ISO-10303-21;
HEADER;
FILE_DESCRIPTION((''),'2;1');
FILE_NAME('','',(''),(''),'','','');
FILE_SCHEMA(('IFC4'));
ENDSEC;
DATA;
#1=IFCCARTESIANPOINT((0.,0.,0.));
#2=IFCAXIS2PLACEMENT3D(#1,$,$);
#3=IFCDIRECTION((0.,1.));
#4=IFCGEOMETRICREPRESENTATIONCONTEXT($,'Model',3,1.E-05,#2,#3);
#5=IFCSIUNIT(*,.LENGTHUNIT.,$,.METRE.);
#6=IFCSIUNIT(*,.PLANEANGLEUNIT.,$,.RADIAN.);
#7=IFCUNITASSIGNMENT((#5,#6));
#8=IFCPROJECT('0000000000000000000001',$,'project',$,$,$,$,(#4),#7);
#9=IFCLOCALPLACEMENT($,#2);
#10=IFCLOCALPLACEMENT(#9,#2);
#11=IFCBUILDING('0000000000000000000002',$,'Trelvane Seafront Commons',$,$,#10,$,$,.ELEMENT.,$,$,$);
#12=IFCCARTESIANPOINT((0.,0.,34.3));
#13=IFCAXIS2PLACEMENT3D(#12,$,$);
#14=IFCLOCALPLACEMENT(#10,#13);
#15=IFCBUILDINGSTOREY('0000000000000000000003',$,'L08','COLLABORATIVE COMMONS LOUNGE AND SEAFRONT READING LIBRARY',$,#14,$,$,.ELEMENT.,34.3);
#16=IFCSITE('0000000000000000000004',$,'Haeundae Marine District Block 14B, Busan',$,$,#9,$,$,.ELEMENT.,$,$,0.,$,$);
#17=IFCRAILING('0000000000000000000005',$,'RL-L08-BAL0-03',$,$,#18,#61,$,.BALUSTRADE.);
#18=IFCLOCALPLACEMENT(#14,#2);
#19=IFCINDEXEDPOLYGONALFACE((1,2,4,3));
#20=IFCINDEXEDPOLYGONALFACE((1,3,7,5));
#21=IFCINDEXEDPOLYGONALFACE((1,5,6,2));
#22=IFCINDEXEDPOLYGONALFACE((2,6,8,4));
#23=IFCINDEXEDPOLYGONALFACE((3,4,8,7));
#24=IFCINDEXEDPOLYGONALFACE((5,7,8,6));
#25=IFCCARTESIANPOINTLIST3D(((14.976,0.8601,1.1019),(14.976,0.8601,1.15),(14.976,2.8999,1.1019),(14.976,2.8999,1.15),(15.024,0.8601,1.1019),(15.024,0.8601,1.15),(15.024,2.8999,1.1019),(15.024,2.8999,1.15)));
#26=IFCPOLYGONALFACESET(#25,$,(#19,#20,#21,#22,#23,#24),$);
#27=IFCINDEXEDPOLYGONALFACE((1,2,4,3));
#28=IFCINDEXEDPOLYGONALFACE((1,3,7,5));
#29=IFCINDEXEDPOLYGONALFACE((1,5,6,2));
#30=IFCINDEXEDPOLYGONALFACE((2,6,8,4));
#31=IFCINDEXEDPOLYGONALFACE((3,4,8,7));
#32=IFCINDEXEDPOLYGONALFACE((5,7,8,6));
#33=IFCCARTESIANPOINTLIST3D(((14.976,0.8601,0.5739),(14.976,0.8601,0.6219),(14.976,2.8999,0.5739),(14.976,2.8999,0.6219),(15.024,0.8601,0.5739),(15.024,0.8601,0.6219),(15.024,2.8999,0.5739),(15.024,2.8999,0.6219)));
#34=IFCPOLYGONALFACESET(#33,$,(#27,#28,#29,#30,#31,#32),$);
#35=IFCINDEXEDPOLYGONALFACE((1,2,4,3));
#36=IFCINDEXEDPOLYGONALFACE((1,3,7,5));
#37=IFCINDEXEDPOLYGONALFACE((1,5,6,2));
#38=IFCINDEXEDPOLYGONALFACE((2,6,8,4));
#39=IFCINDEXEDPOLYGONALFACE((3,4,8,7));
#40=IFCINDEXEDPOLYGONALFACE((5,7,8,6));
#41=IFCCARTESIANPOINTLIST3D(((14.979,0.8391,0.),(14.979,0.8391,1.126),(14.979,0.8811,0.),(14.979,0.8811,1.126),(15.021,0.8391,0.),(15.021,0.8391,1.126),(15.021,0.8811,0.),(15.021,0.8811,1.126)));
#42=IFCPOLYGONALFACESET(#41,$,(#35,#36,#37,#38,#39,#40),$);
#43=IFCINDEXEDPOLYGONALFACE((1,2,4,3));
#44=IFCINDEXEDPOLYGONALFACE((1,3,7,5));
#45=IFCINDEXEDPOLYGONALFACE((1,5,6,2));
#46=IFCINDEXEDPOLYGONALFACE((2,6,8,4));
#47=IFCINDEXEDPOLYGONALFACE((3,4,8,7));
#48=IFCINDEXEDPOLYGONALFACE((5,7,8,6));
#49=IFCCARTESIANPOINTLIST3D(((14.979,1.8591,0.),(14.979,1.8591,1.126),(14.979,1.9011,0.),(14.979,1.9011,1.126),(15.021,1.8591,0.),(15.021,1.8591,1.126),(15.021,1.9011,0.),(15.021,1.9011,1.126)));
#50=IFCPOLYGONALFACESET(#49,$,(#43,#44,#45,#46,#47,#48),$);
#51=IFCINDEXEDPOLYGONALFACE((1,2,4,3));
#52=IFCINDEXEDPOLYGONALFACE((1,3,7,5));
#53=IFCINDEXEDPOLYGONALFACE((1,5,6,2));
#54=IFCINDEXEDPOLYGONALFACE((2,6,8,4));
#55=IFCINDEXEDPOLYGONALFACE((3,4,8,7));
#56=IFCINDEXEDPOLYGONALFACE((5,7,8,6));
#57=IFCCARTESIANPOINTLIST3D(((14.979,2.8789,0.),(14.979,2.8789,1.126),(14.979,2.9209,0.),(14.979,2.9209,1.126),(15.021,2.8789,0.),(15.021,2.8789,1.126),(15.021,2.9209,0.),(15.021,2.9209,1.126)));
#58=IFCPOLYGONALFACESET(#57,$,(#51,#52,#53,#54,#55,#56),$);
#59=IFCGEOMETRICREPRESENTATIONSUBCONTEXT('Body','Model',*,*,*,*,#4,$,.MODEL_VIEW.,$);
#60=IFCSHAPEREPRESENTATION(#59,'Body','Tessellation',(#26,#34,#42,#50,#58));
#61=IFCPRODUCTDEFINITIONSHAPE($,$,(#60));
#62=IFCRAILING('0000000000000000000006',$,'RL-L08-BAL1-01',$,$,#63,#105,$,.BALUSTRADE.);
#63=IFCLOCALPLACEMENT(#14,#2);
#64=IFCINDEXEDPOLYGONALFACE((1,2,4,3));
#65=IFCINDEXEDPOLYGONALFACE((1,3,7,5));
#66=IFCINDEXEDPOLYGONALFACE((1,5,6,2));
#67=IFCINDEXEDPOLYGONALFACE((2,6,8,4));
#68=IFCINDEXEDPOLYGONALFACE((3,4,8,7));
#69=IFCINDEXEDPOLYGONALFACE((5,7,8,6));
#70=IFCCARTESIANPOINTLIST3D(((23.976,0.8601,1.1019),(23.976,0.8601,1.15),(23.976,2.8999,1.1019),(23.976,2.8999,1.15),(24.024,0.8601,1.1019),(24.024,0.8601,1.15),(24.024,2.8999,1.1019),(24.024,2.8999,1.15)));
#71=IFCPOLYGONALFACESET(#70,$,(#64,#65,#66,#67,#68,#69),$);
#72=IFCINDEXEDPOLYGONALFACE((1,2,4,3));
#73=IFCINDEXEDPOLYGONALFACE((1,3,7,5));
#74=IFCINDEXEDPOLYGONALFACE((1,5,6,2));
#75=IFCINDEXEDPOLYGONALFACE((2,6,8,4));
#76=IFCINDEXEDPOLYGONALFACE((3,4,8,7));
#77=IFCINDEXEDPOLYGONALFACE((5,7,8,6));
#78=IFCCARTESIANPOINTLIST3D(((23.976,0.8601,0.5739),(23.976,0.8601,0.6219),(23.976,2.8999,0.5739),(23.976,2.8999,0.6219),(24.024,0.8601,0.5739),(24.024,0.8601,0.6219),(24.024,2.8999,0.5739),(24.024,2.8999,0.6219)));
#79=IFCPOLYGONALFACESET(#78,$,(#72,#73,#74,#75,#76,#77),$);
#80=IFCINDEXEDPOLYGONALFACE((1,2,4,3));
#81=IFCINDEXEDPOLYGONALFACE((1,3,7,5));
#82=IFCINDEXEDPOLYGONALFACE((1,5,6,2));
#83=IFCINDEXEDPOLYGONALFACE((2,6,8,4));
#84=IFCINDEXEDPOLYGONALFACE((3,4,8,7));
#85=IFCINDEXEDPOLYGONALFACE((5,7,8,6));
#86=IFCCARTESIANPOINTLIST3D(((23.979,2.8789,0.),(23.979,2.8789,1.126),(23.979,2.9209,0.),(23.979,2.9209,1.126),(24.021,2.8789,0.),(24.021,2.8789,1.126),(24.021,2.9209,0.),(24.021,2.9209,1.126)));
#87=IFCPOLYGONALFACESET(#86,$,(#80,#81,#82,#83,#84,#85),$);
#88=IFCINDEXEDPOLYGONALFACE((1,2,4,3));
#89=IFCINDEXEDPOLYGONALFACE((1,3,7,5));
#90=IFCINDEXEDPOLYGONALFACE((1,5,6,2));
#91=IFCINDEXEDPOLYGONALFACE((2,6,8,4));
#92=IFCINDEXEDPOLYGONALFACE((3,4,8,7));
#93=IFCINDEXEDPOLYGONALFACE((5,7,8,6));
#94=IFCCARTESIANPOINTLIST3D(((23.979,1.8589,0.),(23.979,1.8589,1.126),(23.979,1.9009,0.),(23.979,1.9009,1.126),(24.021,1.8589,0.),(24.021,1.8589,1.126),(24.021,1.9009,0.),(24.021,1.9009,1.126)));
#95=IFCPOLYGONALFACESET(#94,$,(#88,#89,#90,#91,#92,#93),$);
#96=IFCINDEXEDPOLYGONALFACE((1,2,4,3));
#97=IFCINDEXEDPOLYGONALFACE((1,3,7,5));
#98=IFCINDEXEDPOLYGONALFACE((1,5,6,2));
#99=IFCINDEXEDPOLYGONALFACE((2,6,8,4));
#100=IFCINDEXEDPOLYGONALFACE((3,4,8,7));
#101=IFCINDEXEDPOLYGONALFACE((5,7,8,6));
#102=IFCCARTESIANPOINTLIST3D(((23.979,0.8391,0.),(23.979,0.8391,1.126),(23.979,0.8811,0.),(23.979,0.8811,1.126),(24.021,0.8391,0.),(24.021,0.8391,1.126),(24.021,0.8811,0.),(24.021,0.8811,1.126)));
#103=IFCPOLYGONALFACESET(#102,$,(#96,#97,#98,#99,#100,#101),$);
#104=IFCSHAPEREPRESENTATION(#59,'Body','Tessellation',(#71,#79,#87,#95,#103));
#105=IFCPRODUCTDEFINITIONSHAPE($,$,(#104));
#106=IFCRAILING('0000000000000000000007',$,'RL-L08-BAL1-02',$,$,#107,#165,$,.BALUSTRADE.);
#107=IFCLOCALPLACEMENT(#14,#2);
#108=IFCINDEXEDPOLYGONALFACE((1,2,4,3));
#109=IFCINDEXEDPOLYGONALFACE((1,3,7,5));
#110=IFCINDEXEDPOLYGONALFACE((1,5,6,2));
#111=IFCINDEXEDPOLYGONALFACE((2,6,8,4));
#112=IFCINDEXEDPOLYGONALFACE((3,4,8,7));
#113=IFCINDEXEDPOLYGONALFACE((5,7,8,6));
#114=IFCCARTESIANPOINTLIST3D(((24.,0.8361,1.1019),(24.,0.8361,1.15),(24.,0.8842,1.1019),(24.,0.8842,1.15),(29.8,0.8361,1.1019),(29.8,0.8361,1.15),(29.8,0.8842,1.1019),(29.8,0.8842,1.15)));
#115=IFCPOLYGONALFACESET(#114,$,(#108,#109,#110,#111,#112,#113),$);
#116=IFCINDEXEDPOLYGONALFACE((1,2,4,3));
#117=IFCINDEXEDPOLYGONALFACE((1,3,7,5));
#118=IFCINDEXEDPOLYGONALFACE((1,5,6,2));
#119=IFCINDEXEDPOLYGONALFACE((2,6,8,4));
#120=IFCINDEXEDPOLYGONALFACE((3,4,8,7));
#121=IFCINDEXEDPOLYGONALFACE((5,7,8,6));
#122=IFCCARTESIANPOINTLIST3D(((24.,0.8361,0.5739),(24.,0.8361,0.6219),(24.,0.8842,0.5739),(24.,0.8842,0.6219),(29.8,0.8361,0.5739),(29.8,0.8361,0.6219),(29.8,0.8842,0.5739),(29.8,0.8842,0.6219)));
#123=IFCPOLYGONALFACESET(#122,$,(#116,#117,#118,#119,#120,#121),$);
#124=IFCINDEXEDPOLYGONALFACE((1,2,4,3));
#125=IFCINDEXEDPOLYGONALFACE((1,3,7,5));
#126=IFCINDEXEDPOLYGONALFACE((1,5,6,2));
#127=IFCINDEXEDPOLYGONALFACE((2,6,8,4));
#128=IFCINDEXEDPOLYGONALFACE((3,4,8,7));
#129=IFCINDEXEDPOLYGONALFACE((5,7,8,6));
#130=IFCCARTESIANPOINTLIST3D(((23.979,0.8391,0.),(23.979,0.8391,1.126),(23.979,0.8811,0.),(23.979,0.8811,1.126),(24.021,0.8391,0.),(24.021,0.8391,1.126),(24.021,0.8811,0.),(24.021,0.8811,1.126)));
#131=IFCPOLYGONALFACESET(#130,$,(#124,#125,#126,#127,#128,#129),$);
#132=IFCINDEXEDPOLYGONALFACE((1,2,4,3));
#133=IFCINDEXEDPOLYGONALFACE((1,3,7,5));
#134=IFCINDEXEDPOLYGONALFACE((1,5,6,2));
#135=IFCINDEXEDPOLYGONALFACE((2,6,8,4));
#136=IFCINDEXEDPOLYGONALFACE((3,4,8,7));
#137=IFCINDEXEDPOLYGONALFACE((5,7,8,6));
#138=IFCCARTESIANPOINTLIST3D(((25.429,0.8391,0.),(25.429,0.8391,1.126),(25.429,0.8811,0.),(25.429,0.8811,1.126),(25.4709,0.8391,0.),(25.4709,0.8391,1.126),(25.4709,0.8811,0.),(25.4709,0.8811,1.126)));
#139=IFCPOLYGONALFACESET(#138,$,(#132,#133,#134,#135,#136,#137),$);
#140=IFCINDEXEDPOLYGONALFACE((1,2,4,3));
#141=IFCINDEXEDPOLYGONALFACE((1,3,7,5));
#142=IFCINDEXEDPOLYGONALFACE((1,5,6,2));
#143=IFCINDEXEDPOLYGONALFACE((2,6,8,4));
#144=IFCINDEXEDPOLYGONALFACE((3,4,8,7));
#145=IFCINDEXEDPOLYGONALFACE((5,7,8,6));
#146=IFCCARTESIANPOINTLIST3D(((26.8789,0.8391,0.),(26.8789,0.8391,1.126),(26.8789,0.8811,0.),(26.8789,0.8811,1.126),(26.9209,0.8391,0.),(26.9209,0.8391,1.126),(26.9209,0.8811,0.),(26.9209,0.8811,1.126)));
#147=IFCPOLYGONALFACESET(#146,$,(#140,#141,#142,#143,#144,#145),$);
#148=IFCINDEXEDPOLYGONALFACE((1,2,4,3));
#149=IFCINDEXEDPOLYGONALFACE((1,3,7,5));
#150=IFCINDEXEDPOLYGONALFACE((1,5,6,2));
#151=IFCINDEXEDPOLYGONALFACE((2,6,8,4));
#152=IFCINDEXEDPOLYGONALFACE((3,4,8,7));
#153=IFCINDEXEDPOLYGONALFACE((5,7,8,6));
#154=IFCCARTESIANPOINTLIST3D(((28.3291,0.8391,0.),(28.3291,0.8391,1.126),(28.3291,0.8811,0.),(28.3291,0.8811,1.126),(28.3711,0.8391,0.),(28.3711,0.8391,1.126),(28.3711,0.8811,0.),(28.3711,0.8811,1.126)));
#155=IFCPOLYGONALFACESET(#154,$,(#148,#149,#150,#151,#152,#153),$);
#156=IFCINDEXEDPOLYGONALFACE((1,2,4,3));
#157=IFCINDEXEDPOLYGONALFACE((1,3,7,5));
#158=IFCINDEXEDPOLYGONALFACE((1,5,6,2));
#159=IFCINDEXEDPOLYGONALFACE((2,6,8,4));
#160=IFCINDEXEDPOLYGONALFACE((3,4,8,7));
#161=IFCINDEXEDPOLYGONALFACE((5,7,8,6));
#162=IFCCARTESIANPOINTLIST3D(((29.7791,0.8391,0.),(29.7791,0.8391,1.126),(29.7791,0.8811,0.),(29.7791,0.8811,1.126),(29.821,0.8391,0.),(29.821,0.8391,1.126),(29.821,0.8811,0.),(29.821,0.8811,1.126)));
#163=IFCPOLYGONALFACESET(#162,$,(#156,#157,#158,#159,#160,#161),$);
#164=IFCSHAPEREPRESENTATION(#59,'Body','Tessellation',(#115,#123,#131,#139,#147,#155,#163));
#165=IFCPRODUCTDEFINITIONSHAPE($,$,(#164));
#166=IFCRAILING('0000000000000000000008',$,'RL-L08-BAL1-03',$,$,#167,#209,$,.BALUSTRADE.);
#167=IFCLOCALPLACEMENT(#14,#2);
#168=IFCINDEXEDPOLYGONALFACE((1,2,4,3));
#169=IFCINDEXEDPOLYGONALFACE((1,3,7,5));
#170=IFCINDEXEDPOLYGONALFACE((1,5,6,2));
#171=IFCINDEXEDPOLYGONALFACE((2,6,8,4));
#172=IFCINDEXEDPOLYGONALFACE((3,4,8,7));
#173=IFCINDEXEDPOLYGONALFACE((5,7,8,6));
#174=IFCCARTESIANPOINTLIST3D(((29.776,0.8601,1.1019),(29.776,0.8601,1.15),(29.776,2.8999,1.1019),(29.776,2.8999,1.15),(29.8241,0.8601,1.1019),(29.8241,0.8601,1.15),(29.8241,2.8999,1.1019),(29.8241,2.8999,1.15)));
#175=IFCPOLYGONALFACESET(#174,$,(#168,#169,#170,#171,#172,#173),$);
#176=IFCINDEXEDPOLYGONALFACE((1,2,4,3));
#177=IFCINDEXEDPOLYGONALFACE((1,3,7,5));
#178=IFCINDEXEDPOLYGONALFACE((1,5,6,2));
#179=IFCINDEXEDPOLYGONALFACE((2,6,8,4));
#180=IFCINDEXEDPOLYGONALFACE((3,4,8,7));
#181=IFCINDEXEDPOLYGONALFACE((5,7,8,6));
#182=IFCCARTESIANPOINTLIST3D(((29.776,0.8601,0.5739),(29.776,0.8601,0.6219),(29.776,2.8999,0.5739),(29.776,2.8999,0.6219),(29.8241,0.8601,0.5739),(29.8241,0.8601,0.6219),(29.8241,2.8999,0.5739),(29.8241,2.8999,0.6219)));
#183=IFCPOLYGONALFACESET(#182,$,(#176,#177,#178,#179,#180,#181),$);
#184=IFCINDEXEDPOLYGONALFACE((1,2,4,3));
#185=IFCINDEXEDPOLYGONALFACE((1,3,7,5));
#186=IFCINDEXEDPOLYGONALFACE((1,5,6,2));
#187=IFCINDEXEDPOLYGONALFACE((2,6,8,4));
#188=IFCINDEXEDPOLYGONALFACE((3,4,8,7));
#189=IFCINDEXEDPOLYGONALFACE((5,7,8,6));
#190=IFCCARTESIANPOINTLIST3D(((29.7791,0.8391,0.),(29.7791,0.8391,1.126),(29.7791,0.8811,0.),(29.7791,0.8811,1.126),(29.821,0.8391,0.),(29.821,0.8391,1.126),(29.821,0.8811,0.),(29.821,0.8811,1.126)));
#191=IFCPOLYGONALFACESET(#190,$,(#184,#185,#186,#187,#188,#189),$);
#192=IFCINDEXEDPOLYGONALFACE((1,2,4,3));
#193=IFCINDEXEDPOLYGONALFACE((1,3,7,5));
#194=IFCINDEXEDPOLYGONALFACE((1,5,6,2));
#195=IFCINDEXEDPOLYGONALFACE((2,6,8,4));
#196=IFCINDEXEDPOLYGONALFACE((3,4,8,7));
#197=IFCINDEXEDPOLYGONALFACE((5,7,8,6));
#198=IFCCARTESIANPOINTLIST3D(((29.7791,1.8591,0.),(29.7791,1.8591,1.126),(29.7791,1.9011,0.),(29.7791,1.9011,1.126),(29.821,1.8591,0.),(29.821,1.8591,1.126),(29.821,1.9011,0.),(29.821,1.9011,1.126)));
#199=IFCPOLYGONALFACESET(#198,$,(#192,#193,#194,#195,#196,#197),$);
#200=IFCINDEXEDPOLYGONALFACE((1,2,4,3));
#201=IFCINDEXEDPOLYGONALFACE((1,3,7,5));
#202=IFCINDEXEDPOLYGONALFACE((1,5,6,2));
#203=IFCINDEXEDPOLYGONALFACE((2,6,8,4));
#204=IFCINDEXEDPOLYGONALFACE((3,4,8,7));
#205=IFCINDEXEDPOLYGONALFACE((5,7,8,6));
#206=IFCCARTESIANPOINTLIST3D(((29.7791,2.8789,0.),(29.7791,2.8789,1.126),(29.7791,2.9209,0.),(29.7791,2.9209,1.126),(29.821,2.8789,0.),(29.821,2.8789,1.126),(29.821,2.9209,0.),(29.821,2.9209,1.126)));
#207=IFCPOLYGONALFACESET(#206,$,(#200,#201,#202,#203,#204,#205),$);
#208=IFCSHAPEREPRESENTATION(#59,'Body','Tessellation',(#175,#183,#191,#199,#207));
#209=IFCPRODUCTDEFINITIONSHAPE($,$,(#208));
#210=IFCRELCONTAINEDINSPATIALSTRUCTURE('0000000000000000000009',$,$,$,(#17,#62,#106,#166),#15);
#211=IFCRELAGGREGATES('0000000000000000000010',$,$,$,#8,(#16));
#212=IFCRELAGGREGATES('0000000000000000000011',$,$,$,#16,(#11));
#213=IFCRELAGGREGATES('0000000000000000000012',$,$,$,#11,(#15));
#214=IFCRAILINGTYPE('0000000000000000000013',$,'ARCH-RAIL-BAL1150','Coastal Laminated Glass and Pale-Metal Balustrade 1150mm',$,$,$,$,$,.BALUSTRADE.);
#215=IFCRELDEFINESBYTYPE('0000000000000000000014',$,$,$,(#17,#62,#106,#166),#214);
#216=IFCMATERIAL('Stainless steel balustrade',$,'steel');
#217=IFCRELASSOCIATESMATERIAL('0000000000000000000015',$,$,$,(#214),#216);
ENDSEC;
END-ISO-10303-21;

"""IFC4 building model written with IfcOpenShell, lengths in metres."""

from ifc_helpers import new_model, si_unit, direction, frame, origin, origin_2d, place, context, subcontext, project, spatial, rectangle, extrude, material, type_object, element, save


model = new_model("IFC4")

# Units and contexts
model_context = context("Model", 3, precision=1e-05, world=origin(), true_north=direction((0.0, 1.0)))
body_context = subcontext(model_context, "Body", "Model", "MODEL_VIEW")
ifc_project = project(units=[si_unit("LENGTHUNIT", "METRE"), si_unit("PLANEANGLEUNIT", "RADIAN")], contexts=[model_context])

# Site, building, storey
site_placement = place(None, origin())
site = spatial("IfcSite", under=ifc_project, at=site_placement, Name="Haeundae Marine District Block 14B, Busan", CompositionType="ELEMENT", RefElevation=0.0)
building_placement = place(site_placement, origin())
building = spatial("IfcBuilding", under=site, at=building_placement, Name="Trelvane Seafront Commons", CompositionType="ELEMENT")
storey_placement = place(building_placement, frame((0.0, 0.0, 34.3)))
storey = spatial("IfcBuildingStorey", under=building, at=storey_placement, Name="L08", Description="COLLABORATIVE COMMONS LOUNGE AND SEAFRONT READING LIBRARY", CompositionType="ELEMENT", Elevation=34.3)

# Railings
ifc_material_1 = material(Name="Stainless steel balustrade", Category="steel")
railing_type = type_object("IfcRailingType", Name="ARCH-RAIL-BAL1150", Description="Coastal Laminated Glass and Pale-Metal Balustrade 1150mm", PredefinedType="BALUSTRADE", material=ifc_material_1)
railing_1_placement = place(storey_placement, frame((15.0, 0.8601, 0.0)))
element("IfcRailing", 1, at=railing_1_placement, inside=storey, type_object=railing_type, Name="RL-L08-BAL0-03", PredefinedType="BALUSTRADE", context=body_context, shape_type="SweptSolid", body=[
    extrude(rectangle(XDim=0.0481, YDim=0.0481, at=origin_2d()), frame((0.0, 0.0, 1.126), z_axis=(0.0, 1.0, 0.0), x_axis=(-1.0, 0.0, 0.0)), (0.0, 0.0, 1.0), 2.0398),
    extrude(rectangle(XDim=0.0481, YDim=0.0481, at=origin_2d()), frame((0.0, 0.0, 0.5979), z_axis=(0.0, 1.0, 0.0), x_axis=(-1.0, 0.0, 0.0)), (0.0, 0.0, 1.0), 2.0398),
    extrude(rectangle(XDim=0.042, YDim=0.042, at=origin_2d()), origin(), (0.0, 0.0, 1.0), 1.126),
    extrude(rectangle(XDim=0.042, YDim=0.042, at=origin_2d()), frame((0.0, 1.02, 0.0)), (0.0, 0.0, 1.0), 1.126),
    extrude(rectangle(XDim=0.042, YDim=0.042, at=origin_2d()), frame((0.0, 2.0398, 0.0)), (0.0, 0.0, 1.0), 1.126),
])
railing_2_placement = place(storey_placement, frame((24.0, 2.8999, 0.0)))
element("IfcRailing", 2, at=railing_2_placement, inside=storey, type_object=railing_type, Name="RL-L08-BAL1-01", PredefinedType="BALUSTRADE", context=body_context, shape_type="SweptSolid", body=[
    extrude(rectangle(XDim=0.0481, YDim=0.0481, at=origin_2d()), frame((0.0, 0.0, 1.126), z_axis=(0.0, -1.0, 0.0), x_axis=(1.0, 0.0, 0.0)), (0.0, 0.0, 1.0), 2.0398),
    extrude(rectangle(XDim=0.0481, YDim=0.0481, at=origin_2d()), frame((0.0, 0.0, 0.5979), z_axis=(0.0, -1.0, 0.0), x_axis=(1.0, 0.0, 0.0)), (0.0, 0.0, 1.0), 2.0398),
    extrude(rectangle(XDim=0.042, YDim=0.042, at=origin_2d()), origin(), (0.0, 0.0, 1.0), 1.126),
    extrude(rectangle(XDim=0.042, YDim=0.042, at=origin_2d()), frame((0.0, -1.02, 0.0)), (0.0, 0.0, 1.0), 1.126),
    extrude(rectangle(XDim=0.042, YDim=0.042, at=origin_2d()), frame((0.0, -2.0398, 0.0)), (0.0, 0.0, 1.0), 1.126),
])
railing_3_placement = place(storey_placement, frame((24.0, 0.8601, 0.0)))
element("IfcRailing", 3, at=railing_3_placement, inside=storey, type_object=railing_type, Name="RL-L08-BAL1-02", PredefinedType="BALUSTRADE", context=body_context, shape_type="SweptSolid", body=[
    extrude(rectangle(XDim=0.0481, YDim=0.0481, at=origin_2d()), frame((0.0, 0.0, 1.126), z_axis=(1.0, 0.0, 0.0), x_axis=(0.0, 1.0, 0.0)), (0.0, 0.0, 1.0), 5.8),
    extrude(rectangle(XDim=0.0481, YDim=0.0481, at=origin_2d()), frame((0.0, 0.0, 0.5979), z_axis=(1.0, 0.0, 0.0), x_axis=(0.0, 1.0, 0.0)), (0.0, 0.0, 1.0), 5.8),
    extrude(rectangle(XDim=0.042, YDim=0.042, at=origin_2d()), origin(), (0.0, 0.0, 1.0), 1.126),
    extrude(rectangle(XDim=0.042, YDim=0.042, at=origin_2d()), frame((1.45, 0.0, 0.0)), (0.0, 0.0, 1.0), 1.126),
    extrude(rectangle(XDim=0.042, YDim=0.042, at=origin_2d()), frame((2.8999, 0.0, 0.0)), (0.0, 0.0, 1.0), 1.126),
    extrude(rectangle(XDim=0.042, YDim=0.042, at=origin_2d()), frame((4.3501, 0.0, 0.0)), (0.0, 0.0, 1.0), 1.126),
    extrude(rectangle(XDim=0.042, YDim=0.042, at=origin_2d()), frame((5.8, 0.0, 0.0)), (0.0, 0.0, 1.0), 1.126),
])
railing_4_placement = place(storey_placement, frame((29.8, 0.8601, 0.0)))
element("IfcRailing", 4, at=railing_4_placement, inside=storey, type_object=railing_type, Name="RL-L08-BAL1-03", PredefinedType="BALUSTRADE", context=body_context, shape_type="SweptSolid", body=[
    extrude(rectangle(XDim=0.0481, YDim=0.0481, at=origin_2d()), frame((0.0, 0.0, 1.126), z_axis=(0.0, 1.0, 0.0), x_axis=(-1.0, 0.0, 0.0)), (0.0, 0.0, 1.0), 2.0398),
    extrude(rectangle(XDim=0.0481, YDim=0.0481, at=origin_2d()), frame((0.0, 0.0, 0.5979), z_axis=(0.0, 1.0, 0.0), x_axis=(-1.0, 0.0, 0.0)), (0.0, 0.0, 1.0), 2.0398),
    extrude(rectangle(XDim=0.042, YDim=0.042, at=origin_2d()), origin(), (0.0, 0.0, 1.0), 1.126),
    extrude(rectangle(XDim=0.042, YDim=0.042, at=origin_2d()), frame((0.0, 1.02, 0.0)), (0.0, 0.0, 1.0), 1.126),
    extrude(rectangle(XDim=0.042, YDim=0.042, at=origin_2d()), frame((0.0, 2.0398, 0.0)), (0.0, 0.0, 1.0), 1.126),
])

save(model, "model.ifc")
